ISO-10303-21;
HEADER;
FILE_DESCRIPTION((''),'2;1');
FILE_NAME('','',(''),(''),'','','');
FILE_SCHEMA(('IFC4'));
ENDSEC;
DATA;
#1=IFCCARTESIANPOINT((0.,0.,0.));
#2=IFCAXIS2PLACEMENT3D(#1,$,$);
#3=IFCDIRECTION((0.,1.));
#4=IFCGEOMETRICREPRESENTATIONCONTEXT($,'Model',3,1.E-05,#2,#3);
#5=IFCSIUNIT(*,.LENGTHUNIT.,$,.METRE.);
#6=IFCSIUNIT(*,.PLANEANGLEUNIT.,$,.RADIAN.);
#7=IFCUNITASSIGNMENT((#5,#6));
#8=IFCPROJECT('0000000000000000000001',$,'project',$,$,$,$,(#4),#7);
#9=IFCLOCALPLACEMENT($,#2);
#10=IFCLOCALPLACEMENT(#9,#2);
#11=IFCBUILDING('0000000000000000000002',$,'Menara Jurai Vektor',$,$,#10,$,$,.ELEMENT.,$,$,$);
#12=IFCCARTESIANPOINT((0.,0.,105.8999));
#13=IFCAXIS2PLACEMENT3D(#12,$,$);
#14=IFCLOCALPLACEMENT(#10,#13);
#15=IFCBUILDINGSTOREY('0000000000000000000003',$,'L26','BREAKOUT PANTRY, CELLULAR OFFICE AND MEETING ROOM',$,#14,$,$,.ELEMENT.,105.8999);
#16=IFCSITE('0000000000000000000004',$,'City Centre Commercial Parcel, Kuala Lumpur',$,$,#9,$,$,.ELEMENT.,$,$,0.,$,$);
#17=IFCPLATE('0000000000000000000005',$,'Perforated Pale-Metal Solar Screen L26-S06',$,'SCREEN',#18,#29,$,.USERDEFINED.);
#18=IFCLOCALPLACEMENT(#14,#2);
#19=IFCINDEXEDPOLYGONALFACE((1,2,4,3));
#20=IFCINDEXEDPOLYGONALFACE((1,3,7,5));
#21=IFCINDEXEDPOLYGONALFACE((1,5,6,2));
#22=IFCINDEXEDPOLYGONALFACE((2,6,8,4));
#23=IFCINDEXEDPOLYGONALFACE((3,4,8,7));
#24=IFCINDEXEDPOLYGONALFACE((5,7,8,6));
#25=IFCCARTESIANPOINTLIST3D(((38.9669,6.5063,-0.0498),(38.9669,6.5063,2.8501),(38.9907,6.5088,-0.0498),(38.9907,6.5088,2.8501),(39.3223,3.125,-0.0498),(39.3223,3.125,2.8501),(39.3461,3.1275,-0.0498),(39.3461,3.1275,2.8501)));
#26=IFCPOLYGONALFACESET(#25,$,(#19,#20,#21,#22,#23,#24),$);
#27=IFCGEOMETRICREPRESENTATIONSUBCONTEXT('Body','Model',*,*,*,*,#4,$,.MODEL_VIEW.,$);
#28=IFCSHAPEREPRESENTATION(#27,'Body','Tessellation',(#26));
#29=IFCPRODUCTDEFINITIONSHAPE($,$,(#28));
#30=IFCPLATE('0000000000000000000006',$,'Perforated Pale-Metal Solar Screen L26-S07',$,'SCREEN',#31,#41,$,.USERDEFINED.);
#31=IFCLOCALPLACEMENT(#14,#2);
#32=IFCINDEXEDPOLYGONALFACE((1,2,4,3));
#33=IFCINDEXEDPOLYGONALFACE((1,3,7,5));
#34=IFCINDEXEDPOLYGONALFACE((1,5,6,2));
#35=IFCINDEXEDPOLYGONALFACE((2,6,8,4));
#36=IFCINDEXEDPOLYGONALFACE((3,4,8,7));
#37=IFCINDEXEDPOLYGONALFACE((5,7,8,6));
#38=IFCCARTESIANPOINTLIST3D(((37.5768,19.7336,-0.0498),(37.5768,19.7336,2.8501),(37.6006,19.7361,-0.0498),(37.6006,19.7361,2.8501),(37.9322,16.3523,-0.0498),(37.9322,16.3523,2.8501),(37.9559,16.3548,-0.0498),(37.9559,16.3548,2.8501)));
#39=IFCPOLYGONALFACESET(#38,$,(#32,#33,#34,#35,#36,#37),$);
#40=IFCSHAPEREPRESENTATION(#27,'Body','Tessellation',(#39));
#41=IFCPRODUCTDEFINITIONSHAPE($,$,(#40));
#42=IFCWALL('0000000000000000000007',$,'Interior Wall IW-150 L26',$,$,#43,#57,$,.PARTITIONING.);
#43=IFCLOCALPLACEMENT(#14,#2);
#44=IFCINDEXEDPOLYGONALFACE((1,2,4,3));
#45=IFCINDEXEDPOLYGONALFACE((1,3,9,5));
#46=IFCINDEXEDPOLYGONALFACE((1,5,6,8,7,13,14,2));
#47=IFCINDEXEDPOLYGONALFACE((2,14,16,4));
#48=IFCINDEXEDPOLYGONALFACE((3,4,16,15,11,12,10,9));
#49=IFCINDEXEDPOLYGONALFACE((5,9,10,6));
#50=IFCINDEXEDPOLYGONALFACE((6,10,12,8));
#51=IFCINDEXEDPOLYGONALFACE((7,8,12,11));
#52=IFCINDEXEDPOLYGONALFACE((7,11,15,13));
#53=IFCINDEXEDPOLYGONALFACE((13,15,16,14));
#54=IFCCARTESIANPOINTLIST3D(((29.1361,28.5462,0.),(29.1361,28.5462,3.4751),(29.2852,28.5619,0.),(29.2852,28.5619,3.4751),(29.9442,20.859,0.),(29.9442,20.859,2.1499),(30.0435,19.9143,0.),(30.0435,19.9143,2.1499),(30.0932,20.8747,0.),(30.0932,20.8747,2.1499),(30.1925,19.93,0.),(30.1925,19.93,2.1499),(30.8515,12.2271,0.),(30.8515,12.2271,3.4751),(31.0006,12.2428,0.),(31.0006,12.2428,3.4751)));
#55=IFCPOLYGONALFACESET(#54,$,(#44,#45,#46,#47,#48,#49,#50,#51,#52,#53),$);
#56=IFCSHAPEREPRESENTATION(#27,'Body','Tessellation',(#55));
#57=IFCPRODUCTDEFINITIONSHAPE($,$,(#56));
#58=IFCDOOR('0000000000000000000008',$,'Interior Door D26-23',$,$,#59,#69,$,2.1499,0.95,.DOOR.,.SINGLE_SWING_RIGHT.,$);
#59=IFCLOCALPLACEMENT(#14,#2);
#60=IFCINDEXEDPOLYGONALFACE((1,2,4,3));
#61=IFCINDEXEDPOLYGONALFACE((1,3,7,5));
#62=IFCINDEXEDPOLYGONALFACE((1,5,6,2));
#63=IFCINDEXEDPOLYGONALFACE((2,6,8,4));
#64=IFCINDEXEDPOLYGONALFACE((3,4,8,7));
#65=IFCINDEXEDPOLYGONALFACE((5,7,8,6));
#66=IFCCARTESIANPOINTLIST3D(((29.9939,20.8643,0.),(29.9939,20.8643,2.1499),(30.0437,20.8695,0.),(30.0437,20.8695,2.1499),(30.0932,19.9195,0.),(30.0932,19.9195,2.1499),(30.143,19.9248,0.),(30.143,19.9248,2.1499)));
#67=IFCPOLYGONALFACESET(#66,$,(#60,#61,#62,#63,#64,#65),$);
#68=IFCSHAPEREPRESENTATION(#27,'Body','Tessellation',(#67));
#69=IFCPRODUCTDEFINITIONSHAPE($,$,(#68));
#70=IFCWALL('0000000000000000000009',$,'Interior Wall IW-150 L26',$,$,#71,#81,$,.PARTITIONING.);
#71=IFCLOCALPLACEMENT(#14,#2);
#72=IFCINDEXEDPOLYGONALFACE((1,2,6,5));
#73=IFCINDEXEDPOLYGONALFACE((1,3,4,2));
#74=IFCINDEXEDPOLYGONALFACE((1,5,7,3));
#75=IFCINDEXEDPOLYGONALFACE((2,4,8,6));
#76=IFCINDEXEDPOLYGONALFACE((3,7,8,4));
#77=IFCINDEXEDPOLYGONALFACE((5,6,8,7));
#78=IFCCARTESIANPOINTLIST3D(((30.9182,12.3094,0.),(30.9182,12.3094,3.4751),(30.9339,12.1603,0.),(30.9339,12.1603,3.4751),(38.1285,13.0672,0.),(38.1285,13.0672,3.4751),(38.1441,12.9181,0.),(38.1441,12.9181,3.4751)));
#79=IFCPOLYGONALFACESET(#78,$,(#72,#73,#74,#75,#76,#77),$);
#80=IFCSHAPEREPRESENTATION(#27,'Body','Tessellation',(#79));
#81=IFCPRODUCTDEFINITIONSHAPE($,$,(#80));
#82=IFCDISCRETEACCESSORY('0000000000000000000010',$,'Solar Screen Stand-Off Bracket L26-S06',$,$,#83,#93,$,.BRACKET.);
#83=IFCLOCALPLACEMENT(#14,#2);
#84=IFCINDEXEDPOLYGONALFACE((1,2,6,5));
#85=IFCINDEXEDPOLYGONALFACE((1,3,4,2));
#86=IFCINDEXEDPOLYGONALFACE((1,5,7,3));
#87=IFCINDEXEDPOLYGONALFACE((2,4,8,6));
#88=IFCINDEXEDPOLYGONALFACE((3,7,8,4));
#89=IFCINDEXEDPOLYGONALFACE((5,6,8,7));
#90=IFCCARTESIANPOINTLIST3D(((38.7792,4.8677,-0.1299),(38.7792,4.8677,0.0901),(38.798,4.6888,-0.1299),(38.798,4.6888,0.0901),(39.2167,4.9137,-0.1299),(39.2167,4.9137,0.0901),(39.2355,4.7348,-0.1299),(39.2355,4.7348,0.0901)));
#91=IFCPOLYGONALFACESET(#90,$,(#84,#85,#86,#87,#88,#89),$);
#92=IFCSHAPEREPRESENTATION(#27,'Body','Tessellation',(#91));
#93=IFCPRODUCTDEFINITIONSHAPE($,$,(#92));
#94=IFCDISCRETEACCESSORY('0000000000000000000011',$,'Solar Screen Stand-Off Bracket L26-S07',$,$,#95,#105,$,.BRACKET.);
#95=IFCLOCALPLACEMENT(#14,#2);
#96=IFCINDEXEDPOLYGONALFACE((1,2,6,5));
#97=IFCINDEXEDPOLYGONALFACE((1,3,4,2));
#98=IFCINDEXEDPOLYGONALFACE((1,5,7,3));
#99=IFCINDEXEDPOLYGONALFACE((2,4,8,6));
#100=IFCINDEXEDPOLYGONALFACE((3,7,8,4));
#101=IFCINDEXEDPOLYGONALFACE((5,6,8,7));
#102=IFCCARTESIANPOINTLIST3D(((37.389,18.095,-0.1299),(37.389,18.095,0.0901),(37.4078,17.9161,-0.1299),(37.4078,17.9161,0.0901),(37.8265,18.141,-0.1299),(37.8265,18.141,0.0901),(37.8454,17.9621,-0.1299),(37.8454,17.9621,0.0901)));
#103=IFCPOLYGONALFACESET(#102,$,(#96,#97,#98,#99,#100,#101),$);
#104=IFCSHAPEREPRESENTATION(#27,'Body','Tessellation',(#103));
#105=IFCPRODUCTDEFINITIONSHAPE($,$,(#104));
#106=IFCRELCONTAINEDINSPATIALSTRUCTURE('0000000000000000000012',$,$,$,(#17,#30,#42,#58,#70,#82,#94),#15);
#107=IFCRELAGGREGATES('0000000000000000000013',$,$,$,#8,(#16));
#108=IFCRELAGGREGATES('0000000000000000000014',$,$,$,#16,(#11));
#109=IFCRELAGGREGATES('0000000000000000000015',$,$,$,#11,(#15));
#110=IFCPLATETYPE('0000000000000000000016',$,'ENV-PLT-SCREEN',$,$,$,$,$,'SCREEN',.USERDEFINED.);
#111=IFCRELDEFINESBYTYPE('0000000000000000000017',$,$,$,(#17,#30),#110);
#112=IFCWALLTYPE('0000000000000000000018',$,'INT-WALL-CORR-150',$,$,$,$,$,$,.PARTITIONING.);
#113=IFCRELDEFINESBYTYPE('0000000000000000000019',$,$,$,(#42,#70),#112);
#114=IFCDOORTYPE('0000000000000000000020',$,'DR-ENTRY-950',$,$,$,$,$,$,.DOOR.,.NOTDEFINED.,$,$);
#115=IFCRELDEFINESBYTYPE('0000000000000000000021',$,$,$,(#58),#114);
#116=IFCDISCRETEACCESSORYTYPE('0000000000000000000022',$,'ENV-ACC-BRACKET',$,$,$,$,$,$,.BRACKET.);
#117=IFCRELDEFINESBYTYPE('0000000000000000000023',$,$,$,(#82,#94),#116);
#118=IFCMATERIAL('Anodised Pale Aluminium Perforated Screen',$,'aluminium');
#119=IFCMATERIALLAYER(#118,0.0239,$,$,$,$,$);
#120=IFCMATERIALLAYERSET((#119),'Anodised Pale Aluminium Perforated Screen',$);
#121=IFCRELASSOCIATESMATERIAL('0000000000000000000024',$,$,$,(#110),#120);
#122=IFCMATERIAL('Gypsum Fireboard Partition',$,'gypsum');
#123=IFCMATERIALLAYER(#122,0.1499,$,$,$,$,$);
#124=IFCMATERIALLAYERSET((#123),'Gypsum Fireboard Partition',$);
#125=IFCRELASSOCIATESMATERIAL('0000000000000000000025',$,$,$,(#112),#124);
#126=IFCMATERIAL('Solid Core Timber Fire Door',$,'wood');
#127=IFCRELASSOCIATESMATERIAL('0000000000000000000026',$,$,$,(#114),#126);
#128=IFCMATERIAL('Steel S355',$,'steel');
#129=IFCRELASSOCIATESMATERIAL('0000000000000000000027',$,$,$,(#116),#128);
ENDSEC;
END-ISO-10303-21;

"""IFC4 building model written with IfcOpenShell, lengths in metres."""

from ifc_helpers import new_model, si_unit, direction, frame, frame_2d, origin, origin_2d, place, context, subcontext, project, spatial, rectangle, extrude, material, layer, layer_set, type_object, element, fill, save


model = new_model("IFC4")

# Units and contexts
model_context = context("Model", 3, precision=1e-05, world=origin(), true_north=direction((0.0, 1.0)))
body_context = subcontext(model_context, "Body", "Model", "MODEL_VIEW")
ifc_project = project(units=[si_unit("LENGTHUNIT", "METRE"), si_unit("PLANEANGLEUNIT", "RADIAN")], contexts=[model_context])

# Site, building, storey
site_placement = place(None, origin())
site = spatial("IfcSite", under=ifc_project, at=site_placement, Name="City Centre Commercial Parcel, Kuala Lumpur", CompositionType="ELEMENT", RefElevation=0.0)
building_placement = place(site_placement, origin())
building = spatial("IfcBuilding", under=site, at=building_placement, Name="Menara Jurai Vektor", CompositionType="ELEMENT")
storey_placement = place(building_placement, frame((0.0, 0.0, 105.8999)))
storey = spatial("IfcBuildingStorey", under=building, at=storey_placement, Name="L26", Description="BREAKOUT PANTRY, CELLULAR OFFICE AND MEETING ROOM", CompositionType="ELEMENT", Elevation=105.8999)

# Shared definitions
ifc_material_1 = material(Name="Steel S355", Category="steel")

# Plates
ifc_material_2 = material(Name="Anodised Pale Aluminium Perforated Screen", Category="aluminium")
ifc_layer_1 = layer(ifc_material_2, 0.0239)
ifc_layer_set_1 = layer_set([ifc_layer_1], Name="Anodised Pale Aluminium Perforated Screen")
plate_type_1 = type_object("IfcPlateType", Name="ENV-PLT-SCREEN", ElementType="SCREEN", PredefinedType="USERDEFINED", material=ifc_layer_set_1)
for number, where, z_axis, x_axis, name in (
    (1, (39.1565, 4.8169, -0.0498), (0.0, 0.0, 1.0), (-0.104528, 0.994522, 0.0), "Perforated Pale-Metal Solar Screen L26-S06"),
    (2, (37.7664, 18.0442, -0.0498), (0.0, 0.0, 1.0), (-0.104528, 0.994522, 0.0), "Perforated Pale-Metal Solar Screen L26-S07"),
):
    element("IfcPlate", number, at=place(storey_placement, frame(where, z_axis=z_axis, x_axis=x_axis)), inside=storey, type_object=plate_type_1, Name=name, ObjectType="SCREEN", PredefinedType="USERDEFINED", context=body_context, shape_type="SweptSolid", body=[
        extrude(rectangle(XDim=3.3999, YDim=0.0239, at=origin_2d()), origin(), (0.0, 0.0, 1.0), 2.8999),
    ])

# Wall, opening, door
ifc_material_3 = material(Name="Gypsum Fireboard Partition", Category="gypsum")
ifc_layer_2 = layer(ifc_material_3, 0.1499)
ifc_layer_set_2 = layer_set([ifc_layer_2], Name="Gypsum Fireboard Partition")
wall_type = type_object("IfcWallType", Name="INT-WALL-CORR-150", PredefinedType="PARTITIONING", material=ifc_layer_set_2)
wall_1_placement = place(storey_placement, frame((30.926, 12.2349, 0.0), z_axis=(0.0, 0.0, 1.0), x_axis=(-0.104536, 0.994521, 0.0)))
wall_1 = element("IfcWall", 3, at=wall_1_placement, inside=storey, type_object=wall_type, Name="Interior Wall IW-150 L26", PredefinedType="PARTITIONING", context=body_context, shape_type="SweptSolid", body=[
    extrude(rectangle(XDim=16.4089, YDim=0.1499, at=frame_2d((8.2046, 0.0))), origin(), (0.0, 0.0, 1.0), 3.4751),
])
opening_placement = place(wall_1_placement, frame((7.7295, 0.0, 0.0)))
opening = element("IfcOpeningElement", 4, at=opening_placement, cuts=wall_1, PredefinedType="OPENING", context=body_context, shape_type="SweptSolid", body=[
    extrude(rectangle(XDim=0.95, YDim=2.1499, at=frame_2d((0.4751, 1.075))), frame((0.0, 0.085, 0.0), z_axis=(0.0, -1.0, 0.0), x_axis=(1.0, 0.0, 0.0)), (0.0, 0.0, 1.0), 0.1699),
])
ifc_material_4 = material(Name="Solid Core Timber Fire Door", Category="wood")
door_type = type_object("IfcDoorType", Name="DR-ENTRY-950", OperationType="NOTDEFINED", PredefinedType="DOOR", material=ifc_material_4)
door_placement = place(opening_placement, origin())
door = element("IfcDoor", 5, at=door_placement, inside=storey, type_object=door_type, Name="Interior Door D26-23", OperationType="SINGLE_SWING_RIGHT", OverallHeight=2.1499, OverallWidth=0.95, PredefinedType="DOOR", context=body_context, shape_type="SweptSolid", body=[
    extrude(rectangle(XDim=0.95, YDim=2.1499, at=frame_2d((0.4751, 1.075))), frame((0.0, 0.0249, 0.0), z_axis=(0.0, -1.0, 0.0), x_axis=(1.0, 0.0, 0.0)), (0.0, 0.0, 1.0), 0.05),
])
fill(opening, door)

# Wall
wall_2_placement = place(storey_placement, frame((30.926, 12.2349, 0.0), z_axis=(0.0, 0.0, 1.0), x_axis=(0.994522, 0.104527, 0.0)))
element("IfcWall", 6, at=wall_2_placement, inside=storey, type_object=wall_type, Name="Interior Wall IW-150 L26", PredefinedType="PARTITIONING", context=body_context, shape_type="SweptSolid", body=[
    extrude(rectangle(XDim=7.25, YDim=0.1499, at=frame_2d((3.625, 0.0))), origin(), (0.0, 0.0, 1.0), 3.4751),
])

# Discrete accessories
discrete_accessory_type = type_object("IfcDiscreteAccessoryType", Name="ENV-ACC-BRACKET", PredefinedType="BRACKET", material=ifc_material_1)
for number, where, z_axis, x_axis, name in (
    (7, (39.0073, 4.8013, -0.1299), (0.0, 0.0, 1.0), (-0.104528, 0.994522, 0.0), "Solar Screen Stand-Off Bracket L26-S06"),
    (8, (37.6172, 18.0286, -0.1299), (0.0, 0.0, 1.0), (-0.104528, 0.994522, 0.0), "Solar Screen Stand-Off Bracket L26-S07"),
):
    element("IfcDiscreteAccessory", number, at=place(storey_placement, frame(where, z_axis=z_axis, x_axis=x_axis)), inside=storey, type_object=discrete_accessory_type, Name=name, PredefinedType="BRACKET", context=body_context, shape_type="SweptSolid", body=[
        extrude(rectangle(XDim=0.1799, YDim=0.4399, at=origin_2d()), origin(), (0.0, 0.0, 1.0), 0.22),
    ])

save(model, "model.ifc")
